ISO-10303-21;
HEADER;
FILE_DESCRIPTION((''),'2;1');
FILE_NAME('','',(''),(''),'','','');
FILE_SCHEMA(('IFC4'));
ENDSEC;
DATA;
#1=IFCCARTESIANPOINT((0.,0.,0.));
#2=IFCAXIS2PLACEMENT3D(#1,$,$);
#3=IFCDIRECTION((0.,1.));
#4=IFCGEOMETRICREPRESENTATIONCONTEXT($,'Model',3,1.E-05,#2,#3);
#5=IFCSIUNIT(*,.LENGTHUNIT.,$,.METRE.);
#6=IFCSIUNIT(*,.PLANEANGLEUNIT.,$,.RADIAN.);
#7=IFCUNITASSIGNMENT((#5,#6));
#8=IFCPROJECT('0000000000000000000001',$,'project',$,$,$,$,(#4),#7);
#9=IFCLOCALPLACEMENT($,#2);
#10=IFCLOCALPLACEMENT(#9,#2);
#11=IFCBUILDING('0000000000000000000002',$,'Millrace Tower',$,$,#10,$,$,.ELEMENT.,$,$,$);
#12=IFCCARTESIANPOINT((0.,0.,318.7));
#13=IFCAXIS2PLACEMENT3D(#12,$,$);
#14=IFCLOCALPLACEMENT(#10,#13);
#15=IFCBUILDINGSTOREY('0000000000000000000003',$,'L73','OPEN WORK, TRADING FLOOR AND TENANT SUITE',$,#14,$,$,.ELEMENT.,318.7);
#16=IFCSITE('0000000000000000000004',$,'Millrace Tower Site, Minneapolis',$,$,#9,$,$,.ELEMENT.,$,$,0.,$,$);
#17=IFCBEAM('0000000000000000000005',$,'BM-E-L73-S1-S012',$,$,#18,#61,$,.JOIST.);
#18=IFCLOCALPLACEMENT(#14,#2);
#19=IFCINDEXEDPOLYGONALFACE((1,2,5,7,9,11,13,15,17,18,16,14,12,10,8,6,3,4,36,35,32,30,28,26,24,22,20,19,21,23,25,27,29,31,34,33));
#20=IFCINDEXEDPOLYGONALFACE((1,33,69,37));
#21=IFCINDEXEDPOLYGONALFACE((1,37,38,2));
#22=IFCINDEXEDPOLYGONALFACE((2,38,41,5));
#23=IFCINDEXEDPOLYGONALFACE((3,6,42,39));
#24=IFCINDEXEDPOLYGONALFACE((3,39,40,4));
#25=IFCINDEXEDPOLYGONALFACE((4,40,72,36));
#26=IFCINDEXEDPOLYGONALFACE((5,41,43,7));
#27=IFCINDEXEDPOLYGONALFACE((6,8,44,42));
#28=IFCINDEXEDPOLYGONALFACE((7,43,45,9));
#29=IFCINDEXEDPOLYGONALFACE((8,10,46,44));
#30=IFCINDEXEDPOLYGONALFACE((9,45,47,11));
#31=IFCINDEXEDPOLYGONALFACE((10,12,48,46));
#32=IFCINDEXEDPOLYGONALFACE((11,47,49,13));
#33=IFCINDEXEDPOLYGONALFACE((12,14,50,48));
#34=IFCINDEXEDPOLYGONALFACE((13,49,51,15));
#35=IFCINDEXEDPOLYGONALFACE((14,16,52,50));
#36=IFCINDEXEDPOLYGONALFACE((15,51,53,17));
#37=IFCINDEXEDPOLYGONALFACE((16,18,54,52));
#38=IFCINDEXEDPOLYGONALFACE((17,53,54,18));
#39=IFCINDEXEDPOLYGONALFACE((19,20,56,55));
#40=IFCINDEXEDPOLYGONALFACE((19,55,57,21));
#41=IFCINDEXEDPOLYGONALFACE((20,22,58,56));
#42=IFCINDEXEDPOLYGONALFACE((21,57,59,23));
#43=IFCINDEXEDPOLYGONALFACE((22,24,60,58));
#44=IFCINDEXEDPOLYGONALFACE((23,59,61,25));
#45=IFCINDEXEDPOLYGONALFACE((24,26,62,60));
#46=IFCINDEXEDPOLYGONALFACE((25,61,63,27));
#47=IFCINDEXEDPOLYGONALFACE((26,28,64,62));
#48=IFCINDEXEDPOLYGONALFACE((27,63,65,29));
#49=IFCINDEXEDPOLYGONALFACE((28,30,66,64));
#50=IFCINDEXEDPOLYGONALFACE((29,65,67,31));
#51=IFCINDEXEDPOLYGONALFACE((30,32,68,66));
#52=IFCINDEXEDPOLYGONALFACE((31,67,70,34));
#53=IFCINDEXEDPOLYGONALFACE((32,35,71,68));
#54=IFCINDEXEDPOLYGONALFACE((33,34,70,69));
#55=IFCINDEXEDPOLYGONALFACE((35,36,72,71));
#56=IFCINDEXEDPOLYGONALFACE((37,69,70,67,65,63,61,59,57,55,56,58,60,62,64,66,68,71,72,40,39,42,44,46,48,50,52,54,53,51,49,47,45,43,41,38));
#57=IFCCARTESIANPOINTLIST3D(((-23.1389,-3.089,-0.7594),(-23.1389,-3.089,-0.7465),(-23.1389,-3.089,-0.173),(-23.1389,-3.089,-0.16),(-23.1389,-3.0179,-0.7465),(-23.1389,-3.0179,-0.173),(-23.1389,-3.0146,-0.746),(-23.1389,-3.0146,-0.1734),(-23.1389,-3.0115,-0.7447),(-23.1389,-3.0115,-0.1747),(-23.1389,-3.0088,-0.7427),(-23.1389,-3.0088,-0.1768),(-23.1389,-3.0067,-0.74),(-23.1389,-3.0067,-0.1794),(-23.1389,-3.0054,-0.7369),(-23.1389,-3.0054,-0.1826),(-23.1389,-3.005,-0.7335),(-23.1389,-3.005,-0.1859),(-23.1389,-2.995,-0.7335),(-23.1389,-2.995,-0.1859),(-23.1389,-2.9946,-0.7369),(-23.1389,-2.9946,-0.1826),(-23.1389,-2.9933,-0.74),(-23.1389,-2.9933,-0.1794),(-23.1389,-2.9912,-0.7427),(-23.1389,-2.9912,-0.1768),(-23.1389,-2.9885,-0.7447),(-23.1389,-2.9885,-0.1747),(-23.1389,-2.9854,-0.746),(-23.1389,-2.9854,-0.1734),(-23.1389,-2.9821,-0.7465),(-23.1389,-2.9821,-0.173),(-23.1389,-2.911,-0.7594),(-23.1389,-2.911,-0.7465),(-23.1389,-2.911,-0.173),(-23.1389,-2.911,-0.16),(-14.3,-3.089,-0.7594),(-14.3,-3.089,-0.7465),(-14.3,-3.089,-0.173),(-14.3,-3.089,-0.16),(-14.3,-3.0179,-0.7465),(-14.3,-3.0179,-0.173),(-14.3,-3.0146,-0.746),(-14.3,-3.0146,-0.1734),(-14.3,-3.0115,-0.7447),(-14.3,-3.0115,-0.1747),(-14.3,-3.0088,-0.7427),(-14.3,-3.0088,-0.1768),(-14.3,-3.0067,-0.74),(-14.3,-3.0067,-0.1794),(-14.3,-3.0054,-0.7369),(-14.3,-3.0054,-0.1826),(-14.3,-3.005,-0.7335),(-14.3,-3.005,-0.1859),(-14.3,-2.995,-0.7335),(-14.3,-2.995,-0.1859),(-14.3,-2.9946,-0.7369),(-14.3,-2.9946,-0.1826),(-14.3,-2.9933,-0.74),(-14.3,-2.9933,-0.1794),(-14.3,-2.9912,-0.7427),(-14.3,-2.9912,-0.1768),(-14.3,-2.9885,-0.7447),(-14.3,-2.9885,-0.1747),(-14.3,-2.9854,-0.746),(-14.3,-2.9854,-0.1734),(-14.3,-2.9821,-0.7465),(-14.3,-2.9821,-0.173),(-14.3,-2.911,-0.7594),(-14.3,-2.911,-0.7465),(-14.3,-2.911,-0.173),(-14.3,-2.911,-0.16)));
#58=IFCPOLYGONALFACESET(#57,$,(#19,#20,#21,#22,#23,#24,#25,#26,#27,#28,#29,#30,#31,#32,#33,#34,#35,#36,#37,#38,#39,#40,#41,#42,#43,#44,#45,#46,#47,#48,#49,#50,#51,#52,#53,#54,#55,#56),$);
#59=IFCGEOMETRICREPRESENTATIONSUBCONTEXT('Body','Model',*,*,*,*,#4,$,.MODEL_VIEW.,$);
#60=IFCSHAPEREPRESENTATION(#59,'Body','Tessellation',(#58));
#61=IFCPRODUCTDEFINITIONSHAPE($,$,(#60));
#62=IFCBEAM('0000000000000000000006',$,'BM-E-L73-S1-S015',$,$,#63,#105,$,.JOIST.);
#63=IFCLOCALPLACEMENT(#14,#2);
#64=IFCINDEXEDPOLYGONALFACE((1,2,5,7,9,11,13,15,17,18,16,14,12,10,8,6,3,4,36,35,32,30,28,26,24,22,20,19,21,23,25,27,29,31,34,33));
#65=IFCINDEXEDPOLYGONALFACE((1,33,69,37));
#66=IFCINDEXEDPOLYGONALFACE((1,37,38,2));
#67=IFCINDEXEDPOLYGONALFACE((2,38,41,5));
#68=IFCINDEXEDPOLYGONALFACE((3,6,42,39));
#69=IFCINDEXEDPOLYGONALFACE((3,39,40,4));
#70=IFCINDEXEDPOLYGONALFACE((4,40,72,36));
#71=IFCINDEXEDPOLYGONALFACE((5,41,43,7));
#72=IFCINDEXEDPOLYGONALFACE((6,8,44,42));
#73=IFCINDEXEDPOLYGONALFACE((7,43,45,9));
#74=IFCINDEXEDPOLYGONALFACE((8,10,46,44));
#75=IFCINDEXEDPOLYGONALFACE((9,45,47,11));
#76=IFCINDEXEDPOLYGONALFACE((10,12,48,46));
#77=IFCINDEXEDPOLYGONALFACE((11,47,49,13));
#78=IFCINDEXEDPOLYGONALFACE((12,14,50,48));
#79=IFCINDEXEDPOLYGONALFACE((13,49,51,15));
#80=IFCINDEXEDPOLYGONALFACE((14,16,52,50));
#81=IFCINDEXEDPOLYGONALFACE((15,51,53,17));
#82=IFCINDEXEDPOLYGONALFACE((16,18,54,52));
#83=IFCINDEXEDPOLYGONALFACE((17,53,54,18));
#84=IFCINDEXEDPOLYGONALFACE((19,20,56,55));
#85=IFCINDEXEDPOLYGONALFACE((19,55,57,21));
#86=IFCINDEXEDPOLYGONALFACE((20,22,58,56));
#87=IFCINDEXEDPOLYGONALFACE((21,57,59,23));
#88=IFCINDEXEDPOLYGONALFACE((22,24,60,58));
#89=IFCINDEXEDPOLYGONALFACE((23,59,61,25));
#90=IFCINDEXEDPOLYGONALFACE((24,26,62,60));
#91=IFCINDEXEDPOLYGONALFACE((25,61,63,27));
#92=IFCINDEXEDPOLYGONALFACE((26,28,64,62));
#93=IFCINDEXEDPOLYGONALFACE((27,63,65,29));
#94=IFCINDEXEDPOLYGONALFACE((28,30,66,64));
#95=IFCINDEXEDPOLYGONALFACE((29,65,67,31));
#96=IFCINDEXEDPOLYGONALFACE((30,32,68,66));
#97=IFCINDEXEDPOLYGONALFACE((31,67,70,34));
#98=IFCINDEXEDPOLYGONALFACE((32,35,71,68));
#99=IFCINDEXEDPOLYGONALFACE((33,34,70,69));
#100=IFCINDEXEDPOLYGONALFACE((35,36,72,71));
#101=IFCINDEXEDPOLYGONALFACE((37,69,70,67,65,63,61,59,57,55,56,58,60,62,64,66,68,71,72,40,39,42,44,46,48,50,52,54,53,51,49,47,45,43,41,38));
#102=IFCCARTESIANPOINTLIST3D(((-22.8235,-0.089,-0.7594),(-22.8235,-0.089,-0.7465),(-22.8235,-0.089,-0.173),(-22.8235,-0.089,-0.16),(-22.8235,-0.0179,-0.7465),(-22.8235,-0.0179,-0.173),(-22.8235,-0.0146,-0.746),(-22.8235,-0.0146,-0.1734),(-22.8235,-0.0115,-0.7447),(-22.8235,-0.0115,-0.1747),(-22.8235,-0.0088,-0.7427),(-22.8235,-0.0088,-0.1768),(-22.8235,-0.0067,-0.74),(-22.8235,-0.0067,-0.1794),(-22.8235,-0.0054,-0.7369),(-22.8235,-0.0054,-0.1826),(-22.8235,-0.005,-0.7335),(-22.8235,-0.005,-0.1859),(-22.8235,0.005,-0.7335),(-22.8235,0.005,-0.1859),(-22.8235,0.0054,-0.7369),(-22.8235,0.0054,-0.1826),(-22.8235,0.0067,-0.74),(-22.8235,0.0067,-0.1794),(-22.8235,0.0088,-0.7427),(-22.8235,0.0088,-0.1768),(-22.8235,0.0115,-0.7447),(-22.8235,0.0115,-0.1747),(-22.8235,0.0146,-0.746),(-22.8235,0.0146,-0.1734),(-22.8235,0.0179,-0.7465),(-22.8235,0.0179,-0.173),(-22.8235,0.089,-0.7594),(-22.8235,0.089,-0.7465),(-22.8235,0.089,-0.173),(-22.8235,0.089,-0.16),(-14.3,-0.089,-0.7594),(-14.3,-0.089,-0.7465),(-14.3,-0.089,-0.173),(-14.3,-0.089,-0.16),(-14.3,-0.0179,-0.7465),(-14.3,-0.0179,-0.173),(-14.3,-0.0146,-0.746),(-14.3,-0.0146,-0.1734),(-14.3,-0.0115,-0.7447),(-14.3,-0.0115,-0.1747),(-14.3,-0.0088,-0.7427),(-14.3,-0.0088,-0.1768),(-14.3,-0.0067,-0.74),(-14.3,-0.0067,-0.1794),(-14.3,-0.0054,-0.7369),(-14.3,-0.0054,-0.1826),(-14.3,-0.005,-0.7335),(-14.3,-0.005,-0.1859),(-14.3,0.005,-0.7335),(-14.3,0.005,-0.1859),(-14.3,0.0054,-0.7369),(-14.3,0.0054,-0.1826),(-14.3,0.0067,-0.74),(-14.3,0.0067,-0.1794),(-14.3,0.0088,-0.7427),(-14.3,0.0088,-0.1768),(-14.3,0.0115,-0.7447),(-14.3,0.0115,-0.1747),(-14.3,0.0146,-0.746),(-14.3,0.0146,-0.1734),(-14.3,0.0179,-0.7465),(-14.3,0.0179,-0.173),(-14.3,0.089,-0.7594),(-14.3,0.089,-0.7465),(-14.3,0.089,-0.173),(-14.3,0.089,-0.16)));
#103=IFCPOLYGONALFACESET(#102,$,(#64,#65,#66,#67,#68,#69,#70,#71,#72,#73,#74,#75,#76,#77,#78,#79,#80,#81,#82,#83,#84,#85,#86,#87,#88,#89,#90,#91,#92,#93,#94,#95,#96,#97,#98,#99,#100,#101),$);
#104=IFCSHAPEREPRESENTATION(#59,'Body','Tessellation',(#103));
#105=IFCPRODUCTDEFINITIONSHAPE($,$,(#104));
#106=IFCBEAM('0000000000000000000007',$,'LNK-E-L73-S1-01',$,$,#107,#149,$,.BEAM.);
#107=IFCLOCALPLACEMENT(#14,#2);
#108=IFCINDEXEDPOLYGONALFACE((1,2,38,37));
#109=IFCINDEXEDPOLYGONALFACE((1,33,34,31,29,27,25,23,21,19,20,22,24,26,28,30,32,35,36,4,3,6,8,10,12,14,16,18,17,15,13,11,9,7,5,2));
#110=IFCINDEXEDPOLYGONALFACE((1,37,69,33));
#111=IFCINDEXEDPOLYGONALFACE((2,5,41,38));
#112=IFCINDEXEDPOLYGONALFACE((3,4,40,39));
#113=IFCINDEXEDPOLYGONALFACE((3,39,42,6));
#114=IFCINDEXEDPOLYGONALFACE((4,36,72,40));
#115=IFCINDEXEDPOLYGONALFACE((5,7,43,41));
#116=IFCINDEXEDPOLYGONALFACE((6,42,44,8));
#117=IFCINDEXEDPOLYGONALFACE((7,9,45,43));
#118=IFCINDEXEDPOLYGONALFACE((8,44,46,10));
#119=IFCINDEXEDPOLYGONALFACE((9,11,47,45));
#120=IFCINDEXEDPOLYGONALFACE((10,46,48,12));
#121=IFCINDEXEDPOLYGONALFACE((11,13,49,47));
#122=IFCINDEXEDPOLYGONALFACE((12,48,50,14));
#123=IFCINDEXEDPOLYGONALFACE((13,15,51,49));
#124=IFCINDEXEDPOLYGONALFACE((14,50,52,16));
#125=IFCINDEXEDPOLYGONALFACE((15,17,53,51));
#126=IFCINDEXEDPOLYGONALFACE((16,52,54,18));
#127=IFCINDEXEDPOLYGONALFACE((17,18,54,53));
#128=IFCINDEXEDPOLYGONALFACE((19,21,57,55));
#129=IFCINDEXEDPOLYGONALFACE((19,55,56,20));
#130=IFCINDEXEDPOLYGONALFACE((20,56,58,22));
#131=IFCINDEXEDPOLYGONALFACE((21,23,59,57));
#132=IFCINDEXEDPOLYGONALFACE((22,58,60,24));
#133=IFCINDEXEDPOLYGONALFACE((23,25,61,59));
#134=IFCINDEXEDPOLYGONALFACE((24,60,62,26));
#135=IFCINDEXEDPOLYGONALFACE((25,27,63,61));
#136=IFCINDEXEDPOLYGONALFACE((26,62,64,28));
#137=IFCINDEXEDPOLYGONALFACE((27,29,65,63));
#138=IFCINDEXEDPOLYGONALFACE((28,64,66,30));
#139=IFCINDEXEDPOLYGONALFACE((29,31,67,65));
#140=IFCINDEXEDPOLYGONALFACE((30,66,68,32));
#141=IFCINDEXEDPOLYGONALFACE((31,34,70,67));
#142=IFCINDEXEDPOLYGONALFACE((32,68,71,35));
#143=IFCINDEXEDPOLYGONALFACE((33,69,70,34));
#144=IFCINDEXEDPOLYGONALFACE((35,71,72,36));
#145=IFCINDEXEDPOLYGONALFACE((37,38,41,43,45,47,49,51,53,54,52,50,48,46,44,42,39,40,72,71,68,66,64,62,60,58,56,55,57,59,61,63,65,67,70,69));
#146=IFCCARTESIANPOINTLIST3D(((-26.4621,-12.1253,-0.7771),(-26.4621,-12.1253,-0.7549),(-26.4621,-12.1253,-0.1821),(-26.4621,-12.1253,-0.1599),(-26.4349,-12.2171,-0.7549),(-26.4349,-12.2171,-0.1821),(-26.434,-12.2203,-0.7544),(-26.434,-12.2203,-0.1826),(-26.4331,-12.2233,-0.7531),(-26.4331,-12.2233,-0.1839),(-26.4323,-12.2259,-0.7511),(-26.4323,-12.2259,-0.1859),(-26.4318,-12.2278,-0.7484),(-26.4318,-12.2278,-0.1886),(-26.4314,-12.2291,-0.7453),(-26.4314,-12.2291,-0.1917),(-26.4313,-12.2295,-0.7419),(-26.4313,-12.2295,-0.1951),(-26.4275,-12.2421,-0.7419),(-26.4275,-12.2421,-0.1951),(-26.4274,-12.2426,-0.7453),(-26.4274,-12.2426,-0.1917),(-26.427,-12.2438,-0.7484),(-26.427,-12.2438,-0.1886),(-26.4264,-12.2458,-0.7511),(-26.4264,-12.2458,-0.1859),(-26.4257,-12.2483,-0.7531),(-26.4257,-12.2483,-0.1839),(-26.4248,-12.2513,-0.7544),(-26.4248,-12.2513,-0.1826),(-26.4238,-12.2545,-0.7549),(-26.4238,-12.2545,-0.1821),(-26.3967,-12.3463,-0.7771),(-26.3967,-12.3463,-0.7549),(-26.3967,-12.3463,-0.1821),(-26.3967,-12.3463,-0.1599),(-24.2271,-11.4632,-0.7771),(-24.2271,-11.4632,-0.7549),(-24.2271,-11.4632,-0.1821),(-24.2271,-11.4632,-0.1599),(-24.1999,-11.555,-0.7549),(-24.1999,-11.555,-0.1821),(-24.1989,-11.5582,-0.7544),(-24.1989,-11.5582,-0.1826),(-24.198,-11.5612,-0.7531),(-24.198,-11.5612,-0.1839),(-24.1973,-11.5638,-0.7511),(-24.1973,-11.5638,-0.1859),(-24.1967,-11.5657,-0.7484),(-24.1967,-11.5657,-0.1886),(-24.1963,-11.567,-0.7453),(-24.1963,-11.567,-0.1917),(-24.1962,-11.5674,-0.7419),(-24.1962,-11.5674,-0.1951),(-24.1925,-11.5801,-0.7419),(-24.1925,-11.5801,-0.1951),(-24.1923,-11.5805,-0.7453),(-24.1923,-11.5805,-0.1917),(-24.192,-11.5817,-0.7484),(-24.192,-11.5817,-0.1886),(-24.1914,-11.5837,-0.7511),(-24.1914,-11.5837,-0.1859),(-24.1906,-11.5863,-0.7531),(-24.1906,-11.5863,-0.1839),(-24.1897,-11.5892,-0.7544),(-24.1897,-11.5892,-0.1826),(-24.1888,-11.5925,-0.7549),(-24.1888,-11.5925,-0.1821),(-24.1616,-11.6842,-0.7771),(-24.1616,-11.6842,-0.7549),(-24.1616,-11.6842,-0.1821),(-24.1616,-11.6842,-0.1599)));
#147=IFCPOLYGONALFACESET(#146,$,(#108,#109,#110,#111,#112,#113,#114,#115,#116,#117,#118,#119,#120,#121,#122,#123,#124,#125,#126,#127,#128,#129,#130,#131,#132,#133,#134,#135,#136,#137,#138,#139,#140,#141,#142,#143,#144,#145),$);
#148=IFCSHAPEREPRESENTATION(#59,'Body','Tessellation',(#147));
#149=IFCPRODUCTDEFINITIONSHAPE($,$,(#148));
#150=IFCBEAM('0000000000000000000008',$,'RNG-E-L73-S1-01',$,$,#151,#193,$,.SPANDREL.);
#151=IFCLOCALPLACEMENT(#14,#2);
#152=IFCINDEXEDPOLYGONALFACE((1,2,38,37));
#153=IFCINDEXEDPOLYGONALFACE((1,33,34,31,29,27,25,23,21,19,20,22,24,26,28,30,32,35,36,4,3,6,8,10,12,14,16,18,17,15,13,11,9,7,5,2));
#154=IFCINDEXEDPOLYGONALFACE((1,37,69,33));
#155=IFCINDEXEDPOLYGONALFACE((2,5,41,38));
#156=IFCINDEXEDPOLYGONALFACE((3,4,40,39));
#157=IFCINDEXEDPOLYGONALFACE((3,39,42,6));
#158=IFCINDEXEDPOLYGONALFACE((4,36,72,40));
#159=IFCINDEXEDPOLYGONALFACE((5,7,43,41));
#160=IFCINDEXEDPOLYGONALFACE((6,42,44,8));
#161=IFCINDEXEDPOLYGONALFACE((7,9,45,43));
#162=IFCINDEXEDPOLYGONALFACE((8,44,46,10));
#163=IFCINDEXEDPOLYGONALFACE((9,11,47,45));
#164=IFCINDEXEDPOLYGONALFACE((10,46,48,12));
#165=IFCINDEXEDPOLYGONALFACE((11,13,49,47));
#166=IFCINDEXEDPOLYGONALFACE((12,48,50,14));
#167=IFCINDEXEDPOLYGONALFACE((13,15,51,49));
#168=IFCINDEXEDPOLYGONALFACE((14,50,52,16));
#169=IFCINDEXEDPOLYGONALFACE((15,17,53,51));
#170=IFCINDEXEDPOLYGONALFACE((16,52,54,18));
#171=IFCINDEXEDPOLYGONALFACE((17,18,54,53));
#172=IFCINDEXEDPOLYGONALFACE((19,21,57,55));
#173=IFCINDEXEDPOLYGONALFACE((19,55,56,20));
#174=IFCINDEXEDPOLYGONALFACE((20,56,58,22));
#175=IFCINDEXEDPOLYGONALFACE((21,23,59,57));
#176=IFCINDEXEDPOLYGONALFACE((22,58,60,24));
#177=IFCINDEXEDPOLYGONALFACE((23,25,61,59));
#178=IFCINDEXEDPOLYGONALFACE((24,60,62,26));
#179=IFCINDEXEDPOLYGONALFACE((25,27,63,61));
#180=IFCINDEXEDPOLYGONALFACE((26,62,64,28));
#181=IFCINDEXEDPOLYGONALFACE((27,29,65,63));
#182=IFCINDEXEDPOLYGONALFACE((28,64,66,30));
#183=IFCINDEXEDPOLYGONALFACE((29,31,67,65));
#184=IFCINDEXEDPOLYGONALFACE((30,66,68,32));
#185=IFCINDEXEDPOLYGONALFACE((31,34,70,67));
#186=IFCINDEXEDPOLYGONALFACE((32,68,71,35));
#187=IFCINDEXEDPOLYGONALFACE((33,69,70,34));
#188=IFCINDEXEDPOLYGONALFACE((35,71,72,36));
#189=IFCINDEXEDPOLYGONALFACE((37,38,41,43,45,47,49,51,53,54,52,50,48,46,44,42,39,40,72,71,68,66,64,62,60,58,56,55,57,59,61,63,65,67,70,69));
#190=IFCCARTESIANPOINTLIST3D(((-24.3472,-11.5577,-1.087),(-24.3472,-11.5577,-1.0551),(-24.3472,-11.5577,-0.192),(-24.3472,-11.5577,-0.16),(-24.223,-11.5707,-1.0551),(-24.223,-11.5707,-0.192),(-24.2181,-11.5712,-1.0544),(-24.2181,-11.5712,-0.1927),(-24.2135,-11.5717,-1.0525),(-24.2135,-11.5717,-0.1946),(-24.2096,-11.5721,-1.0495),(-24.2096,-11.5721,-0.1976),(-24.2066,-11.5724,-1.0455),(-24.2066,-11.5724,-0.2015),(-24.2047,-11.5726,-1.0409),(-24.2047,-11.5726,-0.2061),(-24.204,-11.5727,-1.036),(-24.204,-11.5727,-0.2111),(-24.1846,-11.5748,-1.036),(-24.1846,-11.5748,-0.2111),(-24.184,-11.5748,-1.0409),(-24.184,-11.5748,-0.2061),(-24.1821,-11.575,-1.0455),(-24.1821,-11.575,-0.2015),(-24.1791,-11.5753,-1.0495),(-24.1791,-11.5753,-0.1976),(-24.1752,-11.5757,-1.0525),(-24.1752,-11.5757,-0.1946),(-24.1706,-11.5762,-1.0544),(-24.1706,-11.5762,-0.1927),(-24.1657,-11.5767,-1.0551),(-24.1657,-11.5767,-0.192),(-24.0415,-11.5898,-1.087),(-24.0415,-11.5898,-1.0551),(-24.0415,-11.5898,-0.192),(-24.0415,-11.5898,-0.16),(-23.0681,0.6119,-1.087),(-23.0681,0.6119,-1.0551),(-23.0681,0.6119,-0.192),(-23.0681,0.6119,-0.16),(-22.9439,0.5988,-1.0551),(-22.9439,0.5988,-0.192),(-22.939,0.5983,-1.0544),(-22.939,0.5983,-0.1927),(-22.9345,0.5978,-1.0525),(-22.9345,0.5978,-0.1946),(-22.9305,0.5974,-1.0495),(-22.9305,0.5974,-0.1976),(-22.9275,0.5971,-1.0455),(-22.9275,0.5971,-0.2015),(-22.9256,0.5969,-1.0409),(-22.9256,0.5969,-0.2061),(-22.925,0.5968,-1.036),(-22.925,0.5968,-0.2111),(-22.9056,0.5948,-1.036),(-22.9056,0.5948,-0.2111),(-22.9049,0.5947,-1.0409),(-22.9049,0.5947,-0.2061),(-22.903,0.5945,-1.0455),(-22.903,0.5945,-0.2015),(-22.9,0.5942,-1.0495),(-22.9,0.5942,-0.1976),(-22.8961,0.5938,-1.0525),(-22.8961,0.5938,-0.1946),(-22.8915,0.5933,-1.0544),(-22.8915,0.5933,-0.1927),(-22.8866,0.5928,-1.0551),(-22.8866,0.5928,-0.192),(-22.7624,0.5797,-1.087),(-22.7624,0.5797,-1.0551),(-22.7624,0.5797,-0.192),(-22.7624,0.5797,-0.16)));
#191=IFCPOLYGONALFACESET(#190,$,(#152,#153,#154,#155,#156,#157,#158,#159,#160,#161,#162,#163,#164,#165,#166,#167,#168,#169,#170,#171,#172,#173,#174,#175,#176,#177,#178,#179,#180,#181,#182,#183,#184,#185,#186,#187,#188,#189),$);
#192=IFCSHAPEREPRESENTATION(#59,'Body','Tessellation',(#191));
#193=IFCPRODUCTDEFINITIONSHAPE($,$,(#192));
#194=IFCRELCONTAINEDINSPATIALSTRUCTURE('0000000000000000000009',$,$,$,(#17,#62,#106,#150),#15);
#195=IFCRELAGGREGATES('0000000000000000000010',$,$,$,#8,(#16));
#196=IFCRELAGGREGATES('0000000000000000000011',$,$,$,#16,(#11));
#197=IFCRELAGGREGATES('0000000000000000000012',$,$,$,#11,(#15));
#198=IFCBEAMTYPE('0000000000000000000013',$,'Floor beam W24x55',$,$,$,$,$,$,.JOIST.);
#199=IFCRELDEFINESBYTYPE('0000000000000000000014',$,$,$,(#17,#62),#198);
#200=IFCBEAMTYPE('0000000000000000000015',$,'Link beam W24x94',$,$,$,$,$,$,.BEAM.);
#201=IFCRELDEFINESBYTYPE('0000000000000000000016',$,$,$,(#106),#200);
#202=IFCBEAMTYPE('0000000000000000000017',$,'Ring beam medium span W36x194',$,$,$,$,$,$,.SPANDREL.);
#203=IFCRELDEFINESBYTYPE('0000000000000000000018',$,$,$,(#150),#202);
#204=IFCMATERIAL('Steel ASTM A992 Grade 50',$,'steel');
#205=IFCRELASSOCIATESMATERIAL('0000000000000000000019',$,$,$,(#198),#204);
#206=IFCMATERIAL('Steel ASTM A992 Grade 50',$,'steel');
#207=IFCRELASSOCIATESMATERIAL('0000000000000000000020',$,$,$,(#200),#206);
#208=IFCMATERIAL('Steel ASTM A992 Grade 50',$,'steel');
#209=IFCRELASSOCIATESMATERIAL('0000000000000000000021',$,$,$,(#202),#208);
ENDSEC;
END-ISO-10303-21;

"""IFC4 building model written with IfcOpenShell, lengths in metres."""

from ifc_helpers import new_model, si_unit, direction, frame, origin, origin_2d, place, context, subcontext, project, spatial, i_section, extrude, material, material_profile, profile_set, type_object, element, save


model = new_model("IFC4")

# Units and contexts
model_context = context("Model", 3, precision=1e-05, world=origin(), true_north=direction((0.0, 1.0)))
body_context = subcontext(model_context, "Body", "Model", "MODEL_VIEW")
ifc_project = project(units=[si_unit("LENGTHUNIT", "METRE"), si_unit("PLANEANGLEUNIT", "RADIAN")], contexts=[model_context])

# Site, building, storey
site_placement = place(None, origin())
site = spatial("IfcSite", under=ifc_project, at=site_placement, Name="Millrace Tower Site, Minneapolis", CompositionType="ELEMENT", RefElevation=0.0)
building_placement = place(site_placement, origin())
building = spatial("IfcBuilding", under=site, at=building_placement, Name="Millrace Tower", CompositionType="ELEMENT")
storey_placement = place(building_placement, frame((0.0, 0.0, 318.7)))
storey = spatial("IfcBuildingStorey", under=building, at=storey_placement, Name="L73", Description="OPEN WORK, TRADING FLOOR AND TENANT SUITE", CompositionType="ELEMENT", Elevation=318.7)

# Beams
ifc_material_1 = material(Name="Steel ASTM A992 Grade 50", Category="steel")
ifc_material_profile_1 = material_profile(ifc_material_1, i_section(OverallWidth=0.178, OverallDepth=0.5994, WebThickness=0.01, FlangeThickness=0.0129, FilletRadius=0.0129, at=origin_2d()))
ifc_profile_set_1 = profile_set([ifc_material_profile_1], Name="Steel ASTM A992 Grade 50")
beam_type_1 = type_object("IfcBeamType", Name="Floor beam W24x55", PredefinedType="JOIST", material=ifc_profile_set_1)
beam_1_placement = place(storey_placement, frame((-23.1389, -3.0, -0.4597), z_axis=(1.0, 0.0, 0.0), x_axis=(0.0, 1.0, 0.0)))
element("IfcBeam", 1, at=beam_1_placement, inside=storey, type_object=beam_type_1, Name="BM-E-L73-S1-S012", PredefinedType="JOIST", context=body_context, shape_type="SweptSolid", body=[
    extrude(i_section(OverallWidth=0.178, OverallDepth=0.5994, WebThickness=0.01, FlangeThickness=0.0129, FilletRadius=0.0129, at=origin_2d()), origin(), (0.0, 0.0, 1.0), 8.8389),
])
beam_2_placement = place(storey_placement, frame((-22.8235, 0.0, -0.4597), z_axis=(1.0, 0.0, 0.0), x_axis=(0.0, 1.0, 0.0)))
element("IfcBeam", 2, at=beam_2_placement, inside=storey, type_object=beam_type_1, Name="BM-E-L73-S1-S015", PredefinedType="JOIST", context=body_context, shape_type="SweptSolid", body=[
    extrude(i_section(OverallWidth=0.178, OverallDepth=0.5994, WebThickness=0.01, FlangeThickness=0.0129, FilletRadius=0.0129, at=origin_2d()), origin(), (0.0, 0.0, 1.0), 8.5234),
])
ifc_material_2 = material(Name="Steel ASTM A992 Grade 50", Category="steel")
ifc_material_profile_2 = material_profile(ifc_material_2, i_section(OverallWidth=0.2305, OverallDepth=0.6172, WebThickness=0.0132, FlangeThickness=0.0222, FilletRadius=0.0129, at=origin_2d()))
ifc_profile_set_2 = profile_set([ifc_material_profile_2], Name="Steel ASTM A992 Grade 50")
beam_type_2 = type_object("IfcBeamType", Name="Link beam W24x94", PredefinedType="BEAM", material=ifc_profile_set_2)
beam_3_placement = place(storey_placement, frame((-24.1943, -11.5737, -0.4685), z_axis=(-0.958815, -0.284031, 0.0), x_axis=(0.284031, -0.958815, 0.0)))
element("IfcBeam", 3, at=beam_3_placement, inside=storey, type_object=beam_type_2, Name="LNK-E-L73-S1-01", PredefinedType="BEAM", context=body_context, shape_type="SweptSolid", body=[
    extrude(i_section(OverallWidth=0.2305, OverallDepth=0.6172, WebThickness=0.0132, FlangeThickness=0.0222, FilletRadius=0.0129, at=origin_2d()), origin(), (0.0, 0.0, 1.0), 2.3311),
])
ifc_material_3 = material(Name="Steel ASTM A992 Grade 50", Category="steel")
ifc_material_profile_3 = material_profile(ifc_material_3, i_section(OverallWidth=0.3074, OverallDepth=0.927, WebThickness=0.0195, FlangeThickness=0.032, FilletRadius=0.019, at=origin_2d()))
ifc_profile_set_3 = profile_set([ifc_material_profile_3], Name="Steel ASTM A992 Grade 50")
beam_type_3 = type_object("IfcBeamType", Name="Ring beam medium span W36x194", PredefinedType="SPANDREL", material=ifc_profile_set_3)
beam_4_placement = place(storey_placement, frame((-24.1943, -11.5737, -0.6235), z_axis=(0.104528, 0.994522, 0.0), x_axis=(-0.994522, 0.104528, 0.0)))
element("IfcBeam", 4, at=beam_4_placement, inside=storey, type_object=beam_type_3, Name="RNG-E-L73-S1-01", PredefinedType="SPANDREL", context=body_context, shape_type="SweptSolid", body=[
    extrude(i_section(OverallWidth=0.3074, OverallDepth=0.927, WebThickness=0.0195, FlangeThickness=0.032, FilletRadius=0.019, at=origin_2d()), origin(), (0.0, 0.0, 1.0), 12.2366),
])

save(model, "model.ifc")
